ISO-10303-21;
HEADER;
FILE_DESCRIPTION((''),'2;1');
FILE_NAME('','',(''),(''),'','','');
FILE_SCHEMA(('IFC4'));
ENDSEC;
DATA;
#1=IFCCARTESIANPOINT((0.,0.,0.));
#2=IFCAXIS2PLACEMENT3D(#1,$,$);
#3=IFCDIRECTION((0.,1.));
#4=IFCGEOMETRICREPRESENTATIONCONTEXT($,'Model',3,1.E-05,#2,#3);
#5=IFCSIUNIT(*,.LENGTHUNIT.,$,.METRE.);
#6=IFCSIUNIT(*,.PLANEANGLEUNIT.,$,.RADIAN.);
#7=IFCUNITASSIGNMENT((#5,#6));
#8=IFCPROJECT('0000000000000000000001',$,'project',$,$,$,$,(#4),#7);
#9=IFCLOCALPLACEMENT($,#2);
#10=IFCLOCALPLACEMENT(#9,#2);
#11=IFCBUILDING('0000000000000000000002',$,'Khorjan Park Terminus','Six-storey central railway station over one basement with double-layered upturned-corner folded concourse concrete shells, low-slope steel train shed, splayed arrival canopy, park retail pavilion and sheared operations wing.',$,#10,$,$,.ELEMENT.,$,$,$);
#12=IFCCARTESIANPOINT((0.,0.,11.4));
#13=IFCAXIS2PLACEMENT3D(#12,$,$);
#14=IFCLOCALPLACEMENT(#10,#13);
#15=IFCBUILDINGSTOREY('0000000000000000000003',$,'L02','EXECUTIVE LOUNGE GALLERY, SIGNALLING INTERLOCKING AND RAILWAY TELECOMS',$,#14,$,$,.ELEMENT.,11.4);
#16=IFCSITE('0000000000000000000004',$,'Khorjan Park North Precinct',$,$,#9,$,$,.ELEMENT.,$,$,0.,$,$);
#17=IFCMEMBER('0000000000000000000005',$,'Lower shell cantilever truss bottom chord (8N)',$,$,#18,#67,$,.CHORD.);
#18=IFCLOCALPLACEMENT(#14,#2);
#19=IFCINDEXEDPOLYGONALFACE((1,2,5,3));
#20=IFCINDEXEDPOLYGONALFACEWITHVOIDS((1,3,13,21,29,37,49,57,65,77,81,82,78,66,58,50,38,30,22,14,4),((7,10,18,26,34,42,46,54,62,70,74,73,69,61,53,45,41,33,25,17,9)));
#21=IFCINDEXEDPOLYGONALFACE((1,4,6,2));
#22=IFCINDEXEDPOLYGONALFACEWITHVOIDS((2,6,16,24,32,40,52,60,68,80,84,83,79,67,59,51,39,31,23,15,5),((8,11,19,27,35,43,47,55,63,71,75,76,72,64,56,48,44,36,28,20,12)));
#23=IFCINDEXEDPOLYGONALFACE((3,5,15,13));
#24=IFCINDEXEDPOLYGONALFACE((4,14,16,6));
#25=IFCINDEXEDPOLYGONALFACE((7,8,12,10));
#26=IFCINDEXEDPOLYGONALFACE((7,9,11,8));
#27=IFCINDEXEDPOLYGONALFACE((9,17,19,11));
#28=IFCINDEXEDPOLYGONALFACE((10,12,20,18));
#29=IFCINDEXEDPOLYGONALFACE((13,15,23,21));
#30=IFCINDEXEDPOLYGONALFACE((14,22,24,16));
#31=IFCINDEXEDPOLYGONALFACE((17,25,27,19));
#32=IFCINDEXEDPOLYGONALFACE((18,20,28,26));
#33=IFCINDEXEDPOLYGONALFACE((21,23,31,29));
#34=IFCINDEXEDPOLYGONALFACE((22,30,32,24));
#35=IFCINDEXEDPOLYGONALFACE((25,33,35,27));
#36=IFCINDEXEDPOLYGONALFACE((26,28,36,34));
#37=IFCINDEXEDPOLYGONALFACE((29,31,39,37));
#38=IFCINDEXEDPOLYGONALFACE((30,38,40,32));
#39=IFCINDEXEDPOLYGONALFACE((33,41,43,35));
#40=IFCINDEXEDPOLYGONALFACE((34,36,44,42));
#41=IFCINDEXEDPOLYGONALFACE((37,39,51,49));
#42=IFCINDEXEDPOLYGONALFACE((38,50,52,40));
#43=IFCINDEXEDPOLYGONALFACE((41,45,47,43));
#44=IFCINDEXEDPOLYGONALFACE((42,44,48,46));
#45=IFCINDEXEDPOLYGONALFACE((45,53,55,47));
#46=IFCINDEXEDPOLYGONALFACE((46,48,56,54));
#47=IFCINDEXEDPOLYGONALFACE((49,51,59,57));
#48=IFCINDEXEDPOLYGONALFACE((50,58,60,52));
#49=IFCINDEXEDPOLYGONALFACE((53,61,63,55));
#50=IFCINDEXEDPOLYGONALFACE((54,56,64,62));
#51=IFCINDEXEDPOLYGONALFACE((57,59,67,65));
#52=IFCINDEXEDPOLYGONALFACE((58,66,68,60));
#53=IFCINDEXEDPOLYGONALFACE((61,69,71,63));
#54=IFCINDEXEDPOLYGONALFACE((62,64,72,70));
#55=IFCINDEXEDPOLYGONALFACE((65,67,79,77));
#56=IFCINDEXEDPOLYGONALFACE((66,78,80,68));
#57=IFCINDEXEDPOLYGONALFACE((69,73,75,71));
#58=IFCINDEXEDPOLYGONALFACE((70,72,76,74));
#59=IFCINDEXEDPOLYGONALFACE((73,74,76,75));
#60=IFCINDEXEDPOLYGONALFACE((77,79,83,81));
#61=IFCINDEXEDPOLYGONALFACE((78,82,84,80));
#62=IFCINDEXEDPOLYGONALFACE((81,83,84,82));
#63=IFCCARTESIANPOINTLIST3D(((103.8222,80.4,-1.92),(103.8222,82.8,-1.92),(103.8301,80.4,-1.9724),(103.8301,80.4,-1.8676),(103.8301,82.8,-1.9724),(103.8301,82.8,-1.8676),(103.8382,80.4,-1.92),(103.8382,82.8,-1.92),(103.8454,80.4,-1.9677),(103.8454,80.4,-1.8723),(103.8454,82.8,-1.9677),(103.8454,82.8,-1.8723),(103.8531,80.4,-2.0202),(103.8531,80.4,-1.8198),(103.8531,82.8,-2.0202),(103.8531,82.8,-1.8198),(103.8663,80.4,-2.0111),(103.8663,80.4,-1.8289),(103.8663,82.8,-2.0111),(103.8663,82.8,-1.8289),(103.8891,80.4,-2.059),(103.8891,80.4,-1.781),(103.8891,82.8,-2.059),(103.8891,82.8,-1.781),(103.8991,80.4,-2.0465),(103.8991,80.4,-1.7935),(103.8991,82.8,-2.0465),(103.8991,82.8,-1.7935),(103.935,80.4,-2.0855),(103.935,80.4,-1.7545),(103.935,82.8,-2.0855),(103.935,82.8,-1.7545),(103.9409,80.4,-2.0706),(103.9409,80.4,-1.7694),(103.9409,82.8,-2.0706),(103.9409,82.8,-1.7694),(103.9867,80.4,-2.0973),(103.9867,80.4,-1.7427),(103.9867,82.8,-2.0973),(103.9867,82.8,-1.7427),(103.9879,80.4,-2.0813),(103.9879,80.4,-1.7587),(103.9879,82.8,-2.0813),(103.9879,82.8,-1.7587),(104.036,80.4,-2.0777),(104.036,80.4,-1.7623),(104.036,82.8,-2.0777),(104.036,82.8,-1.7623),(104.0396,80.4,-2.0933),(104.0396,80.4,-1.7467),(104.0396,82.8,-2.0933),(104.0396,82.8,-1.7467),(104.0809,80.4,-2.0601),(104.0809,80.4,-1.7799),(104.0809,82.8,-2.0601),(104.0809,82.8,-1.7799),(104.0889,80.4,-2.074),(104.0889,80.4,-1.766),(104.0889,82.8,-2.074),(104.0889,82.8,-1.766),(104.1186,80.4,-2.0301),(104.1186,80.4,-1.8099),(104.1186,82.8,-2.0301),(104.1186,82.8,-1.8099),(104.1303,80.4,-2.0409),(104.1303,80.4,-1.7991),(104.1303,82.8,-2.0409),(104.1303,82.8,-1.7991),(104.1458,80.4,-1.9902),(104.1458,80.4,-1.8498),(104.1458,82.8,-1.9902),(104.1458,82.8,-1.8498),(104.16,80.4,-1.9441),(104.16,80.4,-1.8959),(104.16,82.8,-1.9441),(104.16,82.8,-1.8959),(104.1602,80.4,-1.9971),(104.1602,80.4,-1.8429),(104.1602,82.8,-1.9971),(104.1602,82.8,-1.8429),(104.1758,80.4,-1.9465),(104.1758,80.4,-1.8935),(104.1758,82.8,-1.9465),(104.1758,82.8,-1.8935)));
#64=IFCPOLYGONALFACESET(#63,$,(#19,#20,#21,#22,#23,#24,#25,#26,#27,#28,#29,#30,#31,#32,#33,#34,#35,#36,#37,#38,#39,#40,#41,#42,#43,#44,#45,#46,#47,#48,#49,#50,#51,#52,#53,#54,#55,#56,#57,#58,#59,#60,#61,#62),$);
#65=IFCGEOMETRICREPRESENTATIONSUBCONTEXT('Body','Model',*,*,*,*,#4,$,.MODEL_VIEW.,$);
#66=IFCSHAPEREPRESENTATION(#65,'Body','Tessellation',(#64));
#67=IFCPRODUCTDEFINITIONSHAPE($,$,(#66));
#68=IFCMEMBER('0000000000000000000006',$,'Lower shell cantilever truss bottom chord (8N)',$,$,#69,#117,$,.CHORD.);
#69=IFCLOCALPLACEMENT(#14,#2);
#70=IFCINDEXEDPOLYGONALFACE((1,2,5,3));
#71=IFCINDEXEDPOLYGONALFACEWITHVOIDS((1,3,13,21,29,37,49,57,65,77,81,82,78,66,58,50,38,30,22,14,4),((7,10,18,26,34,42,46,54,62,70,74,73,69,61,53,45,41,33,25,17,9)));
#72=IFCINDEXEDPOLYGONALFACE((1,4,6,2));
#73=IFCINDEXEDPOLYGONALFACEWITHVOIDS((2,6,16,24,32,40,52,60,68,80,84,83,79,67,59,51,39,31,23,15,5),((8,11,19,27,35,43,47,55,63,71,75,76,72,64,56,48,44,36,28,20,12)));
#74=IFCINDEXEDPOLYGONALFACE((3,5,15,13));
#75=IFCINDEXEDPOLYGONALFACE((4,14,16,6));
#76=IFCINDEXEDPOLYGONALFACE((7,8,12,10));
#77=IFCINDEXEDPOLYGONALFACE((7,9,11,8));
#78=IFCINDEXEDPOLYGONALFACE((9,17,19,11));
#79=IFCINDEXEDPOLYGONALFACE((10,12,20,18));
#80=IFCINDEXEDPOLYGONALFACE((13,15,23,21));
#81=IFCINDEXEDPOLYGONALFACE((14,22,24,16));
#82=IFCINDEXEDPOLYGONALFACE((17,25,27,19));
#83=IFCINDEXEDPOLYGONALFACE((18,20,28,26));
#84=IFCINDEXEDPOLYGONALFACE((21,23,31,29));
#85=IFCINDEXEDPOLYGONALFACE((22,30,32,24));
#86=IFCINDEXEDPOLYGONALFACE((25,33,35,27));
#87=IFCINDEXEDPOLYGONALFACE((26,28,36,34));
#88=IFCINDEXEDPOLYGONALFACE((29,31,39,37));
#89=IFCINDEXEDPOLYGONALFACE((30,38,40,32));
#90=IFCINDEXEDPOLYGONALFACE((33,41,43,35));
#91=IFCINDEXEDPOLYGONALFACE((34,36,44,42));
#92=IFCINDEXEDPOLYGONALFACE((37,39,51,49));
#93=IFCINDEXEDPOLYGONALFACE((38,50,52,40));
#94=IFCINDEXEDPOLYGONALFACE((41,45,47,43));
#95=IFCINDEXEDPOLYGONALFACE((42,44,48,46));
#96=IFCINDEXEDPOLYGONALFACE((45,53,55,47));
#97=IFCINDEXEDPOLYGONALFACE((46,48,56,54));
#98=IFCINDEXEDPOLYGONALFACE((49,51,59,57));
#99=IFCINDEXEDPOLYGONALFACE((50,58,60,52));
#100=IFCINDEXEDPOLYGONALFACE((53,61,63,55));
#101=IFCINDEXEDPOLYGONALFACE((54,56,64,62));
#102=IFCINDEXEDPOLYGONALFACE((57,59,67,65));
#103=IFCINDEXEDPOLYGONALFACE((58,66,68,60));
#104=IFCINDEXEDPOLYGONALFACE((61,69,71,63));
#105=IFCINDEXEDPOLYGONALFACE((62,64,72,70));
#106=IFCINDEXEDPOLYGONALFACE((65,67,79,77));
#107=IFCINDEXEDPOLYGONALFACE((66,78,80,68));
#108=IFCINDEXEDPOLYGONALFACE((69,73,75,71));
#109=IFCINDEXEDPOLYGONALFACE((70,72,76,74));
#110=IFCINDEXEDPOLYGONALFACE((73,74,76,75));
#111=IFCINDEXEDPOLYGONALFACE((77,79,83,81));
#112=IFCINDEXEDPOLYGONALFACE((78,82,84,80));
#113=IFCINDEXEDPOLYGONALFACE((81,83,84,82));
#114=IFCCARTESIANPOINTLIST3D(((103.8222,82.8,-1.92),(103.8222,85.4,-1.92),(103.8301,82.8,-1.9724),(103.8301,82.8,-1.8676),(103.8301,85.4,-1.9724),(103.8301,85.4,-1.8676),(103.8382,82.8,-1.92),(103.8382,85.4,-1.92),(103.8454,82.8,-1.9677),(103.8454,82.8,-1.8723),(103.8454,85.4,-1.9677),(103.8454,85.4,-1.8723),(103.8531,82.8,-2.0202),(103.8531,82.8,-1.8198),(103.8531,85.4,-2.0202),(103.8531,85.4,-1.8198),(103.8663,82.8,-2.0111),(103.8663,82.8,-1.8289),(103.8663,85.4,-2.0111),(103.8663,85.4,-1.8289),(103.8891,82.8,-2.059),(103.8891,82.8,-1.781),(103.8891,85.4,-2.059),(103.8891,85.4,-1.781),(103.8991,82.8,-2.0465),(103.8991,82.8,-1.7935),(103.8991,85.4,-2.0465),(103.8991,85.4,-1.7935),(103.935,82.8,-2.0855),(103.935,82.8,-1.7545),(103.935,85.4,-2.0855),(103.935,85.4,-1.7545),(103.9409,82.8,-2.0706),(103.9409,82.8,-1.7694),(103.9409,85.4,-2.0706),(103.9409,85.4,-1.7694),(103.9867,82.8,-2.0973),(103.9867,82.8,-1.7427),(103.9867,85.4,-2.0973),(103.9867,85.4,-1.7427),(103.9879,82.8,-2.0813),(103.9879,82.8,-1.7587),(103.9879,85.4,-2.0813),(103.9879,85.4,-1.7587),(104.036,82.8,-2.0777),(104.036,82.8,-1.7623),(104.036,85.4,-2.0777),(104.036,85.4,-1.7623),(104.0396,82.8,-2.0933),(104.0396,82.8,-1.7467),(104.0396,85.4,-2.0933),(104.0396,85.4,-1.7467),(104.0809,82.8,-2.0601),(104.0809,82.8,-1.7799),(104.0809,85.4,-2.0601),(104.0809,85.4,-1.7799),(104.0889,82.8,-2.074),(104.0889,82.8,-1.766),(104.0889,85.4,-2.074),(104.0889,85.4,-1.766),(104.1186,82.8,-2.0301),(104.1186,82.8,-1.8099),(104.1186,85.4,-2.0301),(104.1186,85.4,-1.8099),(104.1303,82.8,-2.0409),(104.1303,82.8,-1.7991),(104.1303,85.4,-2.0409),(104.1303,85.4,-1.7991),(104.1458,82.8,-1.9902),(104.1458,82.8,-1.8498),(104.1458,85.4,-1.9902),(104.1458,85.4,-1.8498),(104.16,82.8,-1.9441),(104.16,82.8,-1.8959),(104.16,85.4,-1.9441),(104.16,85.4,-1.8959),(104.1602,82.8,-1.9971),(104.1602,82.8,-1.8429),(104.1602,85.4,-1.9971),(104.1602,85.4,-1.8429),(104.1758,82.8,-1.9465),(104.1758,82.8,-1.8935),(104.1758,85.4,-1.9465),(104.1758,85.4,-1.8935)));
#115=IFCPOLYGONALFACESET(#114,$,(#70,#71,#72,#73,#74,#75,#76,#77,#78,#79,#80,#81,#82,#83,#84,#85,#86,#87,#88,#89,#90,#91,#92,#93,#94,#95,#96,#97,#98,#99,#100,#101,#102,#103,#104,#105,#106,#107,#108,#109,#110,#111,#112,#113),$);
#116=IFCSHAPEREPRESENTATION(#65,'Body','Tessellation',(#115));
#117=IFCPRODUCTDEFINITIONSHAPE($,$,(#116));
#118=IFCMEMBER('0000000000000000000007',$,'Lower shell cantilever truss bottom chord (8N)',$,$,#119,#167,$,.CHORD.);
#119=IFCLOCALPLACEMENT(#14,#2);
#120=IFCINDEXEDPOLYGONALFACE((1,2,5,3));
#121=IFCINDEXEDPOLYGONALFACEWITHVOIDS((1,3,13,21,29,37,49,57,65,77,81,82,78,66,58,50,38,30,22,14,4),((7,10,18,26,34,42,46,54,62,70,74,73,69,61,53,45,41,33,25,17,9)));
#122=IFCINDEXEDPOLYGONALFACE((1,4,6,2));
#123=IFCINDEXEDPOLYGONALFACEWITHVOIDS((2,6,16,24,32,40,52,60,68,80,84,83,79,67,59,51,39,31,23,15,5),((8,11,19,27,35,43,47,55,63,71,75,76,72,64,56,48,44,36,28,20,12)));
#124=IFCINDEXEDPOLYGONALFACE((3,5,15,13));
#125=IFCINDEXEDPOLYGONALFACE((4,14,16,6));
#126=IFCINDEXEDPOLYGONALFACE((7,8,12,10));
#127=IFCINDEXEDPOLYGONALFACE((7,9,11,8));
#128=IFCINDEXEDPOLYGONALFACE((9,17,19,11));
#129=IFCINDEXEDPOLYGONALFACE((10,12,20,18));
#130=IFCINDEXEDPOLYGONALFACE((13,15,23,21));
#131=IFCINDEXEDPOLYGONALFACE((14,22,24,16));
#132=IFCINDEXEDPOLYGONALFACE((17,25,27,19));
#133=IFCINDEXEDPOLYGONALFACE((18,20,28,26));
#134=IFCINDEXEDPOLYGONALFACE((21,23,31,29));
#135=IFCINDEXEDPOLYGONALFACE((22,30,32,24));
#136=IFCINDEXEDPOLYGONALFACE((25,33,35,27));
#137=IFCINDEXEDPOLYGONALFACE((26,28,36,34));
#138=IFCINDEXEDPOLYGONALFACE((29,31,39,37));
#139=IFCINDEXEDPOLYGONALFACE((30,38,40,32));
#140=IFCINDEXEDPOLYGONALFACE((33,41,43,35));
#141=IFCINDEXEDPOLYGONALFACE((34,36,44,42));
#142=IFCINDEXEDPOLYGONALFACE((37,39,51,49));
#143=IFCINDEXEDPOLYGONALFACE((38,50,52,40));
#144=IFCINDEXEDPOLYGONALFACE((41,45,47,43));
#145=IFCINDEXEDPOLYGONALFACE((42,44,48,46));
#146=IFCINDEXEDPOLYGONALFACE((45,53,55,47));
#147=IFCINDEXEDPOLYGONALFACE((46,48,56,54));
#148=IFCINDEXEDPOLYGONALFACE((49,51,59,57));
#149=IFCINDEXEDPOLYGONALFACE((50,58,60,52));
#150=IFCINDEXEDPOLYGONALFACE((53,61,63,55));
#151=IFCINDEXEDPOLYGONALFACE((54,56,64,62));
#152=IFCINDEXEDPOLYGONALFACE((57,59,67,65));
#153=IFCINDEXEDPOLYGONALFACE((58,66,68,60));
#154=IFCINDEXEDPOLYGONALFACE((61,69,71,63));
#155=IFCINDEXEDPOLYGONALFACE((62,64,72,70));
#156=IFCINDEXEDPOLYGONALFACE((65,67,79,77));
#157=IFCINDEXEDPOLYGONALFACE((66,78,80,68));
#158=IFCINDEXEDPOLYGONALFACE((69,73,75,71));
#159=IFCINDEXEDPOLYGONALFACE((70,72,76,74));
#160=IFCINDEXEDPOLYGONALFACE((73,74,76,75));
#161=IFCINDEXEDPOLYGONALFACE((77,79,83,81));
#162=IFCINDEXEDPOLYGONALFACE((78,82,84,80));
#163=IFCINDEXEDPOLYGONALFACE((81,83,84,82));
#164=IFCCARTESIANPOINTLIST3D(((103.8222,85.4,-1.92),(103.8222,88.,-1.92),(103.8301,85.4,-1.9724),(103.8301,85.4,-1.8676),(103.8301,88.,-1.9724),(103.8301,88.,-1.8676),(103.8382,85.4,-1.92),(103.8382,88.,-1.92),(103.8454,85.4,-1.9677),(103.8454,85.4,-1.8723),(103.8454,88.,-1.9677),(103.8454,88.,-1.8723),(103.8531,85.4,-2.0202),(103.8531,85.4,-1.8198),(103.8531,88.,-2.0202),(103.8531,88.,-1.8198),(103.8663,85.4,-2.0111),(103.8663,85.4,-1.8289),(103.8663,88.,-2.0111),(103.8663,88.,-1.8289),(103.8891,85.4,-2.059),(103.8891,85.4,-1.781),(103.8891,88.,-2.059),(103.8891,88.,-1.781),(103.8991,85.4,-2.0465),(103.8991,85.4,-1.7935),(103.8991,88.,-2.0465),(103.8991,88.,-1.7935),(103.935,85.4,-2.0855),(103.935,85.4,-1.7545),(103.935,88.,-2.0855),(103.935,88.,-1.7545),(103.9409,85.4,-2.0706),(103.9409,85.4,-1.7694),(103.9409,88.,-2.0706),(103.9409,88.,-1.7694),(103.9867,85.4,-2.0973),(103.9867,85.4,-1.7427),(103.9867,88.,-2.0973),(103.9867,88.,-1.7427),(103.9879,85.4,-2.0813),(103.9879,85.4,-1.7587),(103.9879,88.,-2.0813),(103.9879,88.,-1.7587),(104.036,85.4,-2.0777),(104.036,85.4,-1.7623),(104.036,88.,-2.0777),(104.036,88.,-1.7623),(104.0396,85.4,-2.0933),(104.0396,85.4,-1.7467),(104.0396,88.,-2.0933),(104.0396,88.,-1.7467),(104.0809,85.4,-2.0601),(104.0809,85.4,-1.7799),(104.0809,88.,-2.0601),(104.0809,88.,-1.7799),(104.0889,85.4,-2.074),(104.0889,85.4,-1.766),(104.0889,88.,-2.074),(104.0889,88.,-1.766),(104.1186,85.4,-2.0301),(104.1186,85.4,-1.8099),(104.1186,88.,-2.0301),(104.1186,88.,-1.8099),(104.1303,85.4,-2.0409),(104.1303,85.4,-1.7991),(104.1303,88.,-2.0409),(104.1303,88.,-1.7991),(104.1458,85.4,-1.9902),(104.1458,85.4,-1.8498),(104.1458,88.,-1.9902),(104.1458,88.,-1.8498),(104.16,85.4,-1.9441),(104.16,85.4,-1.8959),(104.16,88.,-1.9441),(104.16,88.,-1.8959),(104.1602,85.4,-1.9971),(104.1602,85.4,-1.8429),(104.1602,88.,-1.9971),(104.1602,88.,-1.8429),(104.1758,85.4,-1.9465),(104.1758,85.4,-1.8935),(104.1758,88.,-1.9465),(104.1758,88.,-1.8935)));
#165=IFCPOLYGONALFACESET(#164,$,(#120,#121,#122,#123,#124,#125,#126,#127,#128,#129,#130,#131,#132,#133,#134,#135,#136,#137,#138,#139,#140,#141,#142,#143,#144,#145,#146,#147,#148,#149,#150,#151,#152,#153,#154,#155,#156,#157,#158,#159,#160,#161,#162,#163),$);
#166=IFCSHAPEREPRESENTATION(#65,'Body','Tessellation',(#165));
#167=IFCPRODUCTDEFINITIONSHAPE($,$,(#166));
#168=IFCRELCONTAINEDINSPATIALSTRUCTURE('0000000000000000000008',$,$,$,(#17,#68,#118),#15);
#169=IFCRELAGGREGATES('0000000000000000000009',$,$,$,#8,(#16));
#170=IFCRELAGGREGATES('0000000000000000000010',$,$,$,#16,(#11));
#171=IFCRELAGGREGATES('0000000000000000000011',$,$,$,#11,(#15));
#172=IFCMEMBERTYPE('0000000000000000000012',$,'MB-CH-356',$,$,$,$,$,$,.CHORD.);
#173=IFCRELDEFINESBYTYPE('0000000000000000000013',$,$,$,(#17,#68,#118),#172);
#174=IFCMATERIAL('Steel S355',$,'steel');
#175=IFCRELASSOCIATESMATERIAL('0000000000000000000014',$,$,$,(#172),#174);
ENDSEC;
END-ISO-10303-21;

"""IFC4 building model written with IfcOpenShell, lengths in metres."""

from ifc_helpers import new_model, si_unit, direction, frame, origin, origin_2d, place, context, subcontext, project, spatial, hollow_circle, extrude, material, material_profile, profile_set, type_object, element, save


model = new_model("IFC4")

# Units and contexts
model_context = context("Model", 3, precision=1e-05, world=origin(), true_north=direction((0.0, 1.0)))
body_context = subcontext(model_context, "Body", "Model", "MODEL_VIEW")
ifc_project = project(units=[si_unit("LENGTHUNIT", "METRE"), si_unit("PLANEANGLEUNIT", "RADIAN")], contexts=[model_context])

# Site, building, storey
site_placement = place(None, origin())
site = spatial("IfcSite", under=ifc_project, at=site_placement, Name="Khorjan Park North Precinct", CompositionType="ELEMENT", RefElevation=0.0)
building_placement = place(site_placement, origin())
building = spatial("IfcBuilding", under=site, at=building_placement, Name="Khorjan Park Terminus", Description="Six-storey central railway station over one basement with double-layered upturned-corner folded concourse concrete shells, low-slope steel train shed, splayed arrival canopy, park retail pavilion and sheared operations wing.", CompositionType="ELEMENT")
storey_placement = place(building_placement, frame((0.0, 0.0, 11.4)))
storey = spatial("IfcBuildingStorey", under=building, at=storey_placement, Name="L02", Description="EXECUTIVE LOUNGE GALLERY, SIGNALLING INTERLOCKING AND RAILWAY TELECOMS", CompositionType="ELEMENT", Elevation=11.4)

# Shared definitions
ifc_material_1 = material(Name="Steel S355", Category="steel")

# Members
ifc_material_profile_1 = material_profile(ifc_material_1, hollow_circle(Radius=0.1778, WallThickness=0.016, at=origin_2d()), Name="CHS 355.6x16")
ifc_profile_set_1 = profile_set([ifc_material_profile_1], Name="Steel S355")
member_type_1 = type_object("IfcMemberType", Name="MB-CH-356", PredefinedType="CHORD", material=ifc_profile_set_1)
for number, where, z_axis, x_axis, name in (
    (1, (104.0, 80.4, -1.92), (0.0, 1.0, 0.0), (-1.0, 0.0, 0.0), "Lower shell cantilever truss bottom chord (8N)"),
):
    element("IfcMember", number, at=place(storey_placement, frame(where, z_axis=z_axis, x_axis=x_axis)), inside=storey, type_object=member_type_1, Name=name, PredefinedType="CHORD", context=body_context, shape_type="SweptSolid", body=[
        extrude(hollow_circle(Radius=0.1778, WallThickness=0.016, at=origin_2d()), origin(), (0.0, 0.0, 1.0), 2.4),
    ])
for number, where, z_axis, x_axis, name in (
    (2, (104.0, 82.8, -1.92), (0.0, 1.0, 0.0), (-1.0, 0.0, 0.0), "Lower shell cantilever truss bottom chord (8N)"),
    (3, (104.0, 85.4, -1.92), (0.0, 1.0, 0.0), (-1.0, 0.0, 0.0), "Lower shell cantilever truss bottom chord (8N)"),
):
    element("IfcMember", number, at=place(storey_placement, frame(where, z_axis=z_axis, x_axis=x_axis)), inside=storey, type_object=member_type_1, Name=name, PredefinedType="CHORD", context=body_context, shape_type="SweptSolid", body=[
        extrude(hollow_circle(Radius=0.1778, WallThickness=0.016, at=origin_2d()), origin(), (0.0, 0.0, 1.0), 2.6),
    ])

save(model, "model.ifc")
